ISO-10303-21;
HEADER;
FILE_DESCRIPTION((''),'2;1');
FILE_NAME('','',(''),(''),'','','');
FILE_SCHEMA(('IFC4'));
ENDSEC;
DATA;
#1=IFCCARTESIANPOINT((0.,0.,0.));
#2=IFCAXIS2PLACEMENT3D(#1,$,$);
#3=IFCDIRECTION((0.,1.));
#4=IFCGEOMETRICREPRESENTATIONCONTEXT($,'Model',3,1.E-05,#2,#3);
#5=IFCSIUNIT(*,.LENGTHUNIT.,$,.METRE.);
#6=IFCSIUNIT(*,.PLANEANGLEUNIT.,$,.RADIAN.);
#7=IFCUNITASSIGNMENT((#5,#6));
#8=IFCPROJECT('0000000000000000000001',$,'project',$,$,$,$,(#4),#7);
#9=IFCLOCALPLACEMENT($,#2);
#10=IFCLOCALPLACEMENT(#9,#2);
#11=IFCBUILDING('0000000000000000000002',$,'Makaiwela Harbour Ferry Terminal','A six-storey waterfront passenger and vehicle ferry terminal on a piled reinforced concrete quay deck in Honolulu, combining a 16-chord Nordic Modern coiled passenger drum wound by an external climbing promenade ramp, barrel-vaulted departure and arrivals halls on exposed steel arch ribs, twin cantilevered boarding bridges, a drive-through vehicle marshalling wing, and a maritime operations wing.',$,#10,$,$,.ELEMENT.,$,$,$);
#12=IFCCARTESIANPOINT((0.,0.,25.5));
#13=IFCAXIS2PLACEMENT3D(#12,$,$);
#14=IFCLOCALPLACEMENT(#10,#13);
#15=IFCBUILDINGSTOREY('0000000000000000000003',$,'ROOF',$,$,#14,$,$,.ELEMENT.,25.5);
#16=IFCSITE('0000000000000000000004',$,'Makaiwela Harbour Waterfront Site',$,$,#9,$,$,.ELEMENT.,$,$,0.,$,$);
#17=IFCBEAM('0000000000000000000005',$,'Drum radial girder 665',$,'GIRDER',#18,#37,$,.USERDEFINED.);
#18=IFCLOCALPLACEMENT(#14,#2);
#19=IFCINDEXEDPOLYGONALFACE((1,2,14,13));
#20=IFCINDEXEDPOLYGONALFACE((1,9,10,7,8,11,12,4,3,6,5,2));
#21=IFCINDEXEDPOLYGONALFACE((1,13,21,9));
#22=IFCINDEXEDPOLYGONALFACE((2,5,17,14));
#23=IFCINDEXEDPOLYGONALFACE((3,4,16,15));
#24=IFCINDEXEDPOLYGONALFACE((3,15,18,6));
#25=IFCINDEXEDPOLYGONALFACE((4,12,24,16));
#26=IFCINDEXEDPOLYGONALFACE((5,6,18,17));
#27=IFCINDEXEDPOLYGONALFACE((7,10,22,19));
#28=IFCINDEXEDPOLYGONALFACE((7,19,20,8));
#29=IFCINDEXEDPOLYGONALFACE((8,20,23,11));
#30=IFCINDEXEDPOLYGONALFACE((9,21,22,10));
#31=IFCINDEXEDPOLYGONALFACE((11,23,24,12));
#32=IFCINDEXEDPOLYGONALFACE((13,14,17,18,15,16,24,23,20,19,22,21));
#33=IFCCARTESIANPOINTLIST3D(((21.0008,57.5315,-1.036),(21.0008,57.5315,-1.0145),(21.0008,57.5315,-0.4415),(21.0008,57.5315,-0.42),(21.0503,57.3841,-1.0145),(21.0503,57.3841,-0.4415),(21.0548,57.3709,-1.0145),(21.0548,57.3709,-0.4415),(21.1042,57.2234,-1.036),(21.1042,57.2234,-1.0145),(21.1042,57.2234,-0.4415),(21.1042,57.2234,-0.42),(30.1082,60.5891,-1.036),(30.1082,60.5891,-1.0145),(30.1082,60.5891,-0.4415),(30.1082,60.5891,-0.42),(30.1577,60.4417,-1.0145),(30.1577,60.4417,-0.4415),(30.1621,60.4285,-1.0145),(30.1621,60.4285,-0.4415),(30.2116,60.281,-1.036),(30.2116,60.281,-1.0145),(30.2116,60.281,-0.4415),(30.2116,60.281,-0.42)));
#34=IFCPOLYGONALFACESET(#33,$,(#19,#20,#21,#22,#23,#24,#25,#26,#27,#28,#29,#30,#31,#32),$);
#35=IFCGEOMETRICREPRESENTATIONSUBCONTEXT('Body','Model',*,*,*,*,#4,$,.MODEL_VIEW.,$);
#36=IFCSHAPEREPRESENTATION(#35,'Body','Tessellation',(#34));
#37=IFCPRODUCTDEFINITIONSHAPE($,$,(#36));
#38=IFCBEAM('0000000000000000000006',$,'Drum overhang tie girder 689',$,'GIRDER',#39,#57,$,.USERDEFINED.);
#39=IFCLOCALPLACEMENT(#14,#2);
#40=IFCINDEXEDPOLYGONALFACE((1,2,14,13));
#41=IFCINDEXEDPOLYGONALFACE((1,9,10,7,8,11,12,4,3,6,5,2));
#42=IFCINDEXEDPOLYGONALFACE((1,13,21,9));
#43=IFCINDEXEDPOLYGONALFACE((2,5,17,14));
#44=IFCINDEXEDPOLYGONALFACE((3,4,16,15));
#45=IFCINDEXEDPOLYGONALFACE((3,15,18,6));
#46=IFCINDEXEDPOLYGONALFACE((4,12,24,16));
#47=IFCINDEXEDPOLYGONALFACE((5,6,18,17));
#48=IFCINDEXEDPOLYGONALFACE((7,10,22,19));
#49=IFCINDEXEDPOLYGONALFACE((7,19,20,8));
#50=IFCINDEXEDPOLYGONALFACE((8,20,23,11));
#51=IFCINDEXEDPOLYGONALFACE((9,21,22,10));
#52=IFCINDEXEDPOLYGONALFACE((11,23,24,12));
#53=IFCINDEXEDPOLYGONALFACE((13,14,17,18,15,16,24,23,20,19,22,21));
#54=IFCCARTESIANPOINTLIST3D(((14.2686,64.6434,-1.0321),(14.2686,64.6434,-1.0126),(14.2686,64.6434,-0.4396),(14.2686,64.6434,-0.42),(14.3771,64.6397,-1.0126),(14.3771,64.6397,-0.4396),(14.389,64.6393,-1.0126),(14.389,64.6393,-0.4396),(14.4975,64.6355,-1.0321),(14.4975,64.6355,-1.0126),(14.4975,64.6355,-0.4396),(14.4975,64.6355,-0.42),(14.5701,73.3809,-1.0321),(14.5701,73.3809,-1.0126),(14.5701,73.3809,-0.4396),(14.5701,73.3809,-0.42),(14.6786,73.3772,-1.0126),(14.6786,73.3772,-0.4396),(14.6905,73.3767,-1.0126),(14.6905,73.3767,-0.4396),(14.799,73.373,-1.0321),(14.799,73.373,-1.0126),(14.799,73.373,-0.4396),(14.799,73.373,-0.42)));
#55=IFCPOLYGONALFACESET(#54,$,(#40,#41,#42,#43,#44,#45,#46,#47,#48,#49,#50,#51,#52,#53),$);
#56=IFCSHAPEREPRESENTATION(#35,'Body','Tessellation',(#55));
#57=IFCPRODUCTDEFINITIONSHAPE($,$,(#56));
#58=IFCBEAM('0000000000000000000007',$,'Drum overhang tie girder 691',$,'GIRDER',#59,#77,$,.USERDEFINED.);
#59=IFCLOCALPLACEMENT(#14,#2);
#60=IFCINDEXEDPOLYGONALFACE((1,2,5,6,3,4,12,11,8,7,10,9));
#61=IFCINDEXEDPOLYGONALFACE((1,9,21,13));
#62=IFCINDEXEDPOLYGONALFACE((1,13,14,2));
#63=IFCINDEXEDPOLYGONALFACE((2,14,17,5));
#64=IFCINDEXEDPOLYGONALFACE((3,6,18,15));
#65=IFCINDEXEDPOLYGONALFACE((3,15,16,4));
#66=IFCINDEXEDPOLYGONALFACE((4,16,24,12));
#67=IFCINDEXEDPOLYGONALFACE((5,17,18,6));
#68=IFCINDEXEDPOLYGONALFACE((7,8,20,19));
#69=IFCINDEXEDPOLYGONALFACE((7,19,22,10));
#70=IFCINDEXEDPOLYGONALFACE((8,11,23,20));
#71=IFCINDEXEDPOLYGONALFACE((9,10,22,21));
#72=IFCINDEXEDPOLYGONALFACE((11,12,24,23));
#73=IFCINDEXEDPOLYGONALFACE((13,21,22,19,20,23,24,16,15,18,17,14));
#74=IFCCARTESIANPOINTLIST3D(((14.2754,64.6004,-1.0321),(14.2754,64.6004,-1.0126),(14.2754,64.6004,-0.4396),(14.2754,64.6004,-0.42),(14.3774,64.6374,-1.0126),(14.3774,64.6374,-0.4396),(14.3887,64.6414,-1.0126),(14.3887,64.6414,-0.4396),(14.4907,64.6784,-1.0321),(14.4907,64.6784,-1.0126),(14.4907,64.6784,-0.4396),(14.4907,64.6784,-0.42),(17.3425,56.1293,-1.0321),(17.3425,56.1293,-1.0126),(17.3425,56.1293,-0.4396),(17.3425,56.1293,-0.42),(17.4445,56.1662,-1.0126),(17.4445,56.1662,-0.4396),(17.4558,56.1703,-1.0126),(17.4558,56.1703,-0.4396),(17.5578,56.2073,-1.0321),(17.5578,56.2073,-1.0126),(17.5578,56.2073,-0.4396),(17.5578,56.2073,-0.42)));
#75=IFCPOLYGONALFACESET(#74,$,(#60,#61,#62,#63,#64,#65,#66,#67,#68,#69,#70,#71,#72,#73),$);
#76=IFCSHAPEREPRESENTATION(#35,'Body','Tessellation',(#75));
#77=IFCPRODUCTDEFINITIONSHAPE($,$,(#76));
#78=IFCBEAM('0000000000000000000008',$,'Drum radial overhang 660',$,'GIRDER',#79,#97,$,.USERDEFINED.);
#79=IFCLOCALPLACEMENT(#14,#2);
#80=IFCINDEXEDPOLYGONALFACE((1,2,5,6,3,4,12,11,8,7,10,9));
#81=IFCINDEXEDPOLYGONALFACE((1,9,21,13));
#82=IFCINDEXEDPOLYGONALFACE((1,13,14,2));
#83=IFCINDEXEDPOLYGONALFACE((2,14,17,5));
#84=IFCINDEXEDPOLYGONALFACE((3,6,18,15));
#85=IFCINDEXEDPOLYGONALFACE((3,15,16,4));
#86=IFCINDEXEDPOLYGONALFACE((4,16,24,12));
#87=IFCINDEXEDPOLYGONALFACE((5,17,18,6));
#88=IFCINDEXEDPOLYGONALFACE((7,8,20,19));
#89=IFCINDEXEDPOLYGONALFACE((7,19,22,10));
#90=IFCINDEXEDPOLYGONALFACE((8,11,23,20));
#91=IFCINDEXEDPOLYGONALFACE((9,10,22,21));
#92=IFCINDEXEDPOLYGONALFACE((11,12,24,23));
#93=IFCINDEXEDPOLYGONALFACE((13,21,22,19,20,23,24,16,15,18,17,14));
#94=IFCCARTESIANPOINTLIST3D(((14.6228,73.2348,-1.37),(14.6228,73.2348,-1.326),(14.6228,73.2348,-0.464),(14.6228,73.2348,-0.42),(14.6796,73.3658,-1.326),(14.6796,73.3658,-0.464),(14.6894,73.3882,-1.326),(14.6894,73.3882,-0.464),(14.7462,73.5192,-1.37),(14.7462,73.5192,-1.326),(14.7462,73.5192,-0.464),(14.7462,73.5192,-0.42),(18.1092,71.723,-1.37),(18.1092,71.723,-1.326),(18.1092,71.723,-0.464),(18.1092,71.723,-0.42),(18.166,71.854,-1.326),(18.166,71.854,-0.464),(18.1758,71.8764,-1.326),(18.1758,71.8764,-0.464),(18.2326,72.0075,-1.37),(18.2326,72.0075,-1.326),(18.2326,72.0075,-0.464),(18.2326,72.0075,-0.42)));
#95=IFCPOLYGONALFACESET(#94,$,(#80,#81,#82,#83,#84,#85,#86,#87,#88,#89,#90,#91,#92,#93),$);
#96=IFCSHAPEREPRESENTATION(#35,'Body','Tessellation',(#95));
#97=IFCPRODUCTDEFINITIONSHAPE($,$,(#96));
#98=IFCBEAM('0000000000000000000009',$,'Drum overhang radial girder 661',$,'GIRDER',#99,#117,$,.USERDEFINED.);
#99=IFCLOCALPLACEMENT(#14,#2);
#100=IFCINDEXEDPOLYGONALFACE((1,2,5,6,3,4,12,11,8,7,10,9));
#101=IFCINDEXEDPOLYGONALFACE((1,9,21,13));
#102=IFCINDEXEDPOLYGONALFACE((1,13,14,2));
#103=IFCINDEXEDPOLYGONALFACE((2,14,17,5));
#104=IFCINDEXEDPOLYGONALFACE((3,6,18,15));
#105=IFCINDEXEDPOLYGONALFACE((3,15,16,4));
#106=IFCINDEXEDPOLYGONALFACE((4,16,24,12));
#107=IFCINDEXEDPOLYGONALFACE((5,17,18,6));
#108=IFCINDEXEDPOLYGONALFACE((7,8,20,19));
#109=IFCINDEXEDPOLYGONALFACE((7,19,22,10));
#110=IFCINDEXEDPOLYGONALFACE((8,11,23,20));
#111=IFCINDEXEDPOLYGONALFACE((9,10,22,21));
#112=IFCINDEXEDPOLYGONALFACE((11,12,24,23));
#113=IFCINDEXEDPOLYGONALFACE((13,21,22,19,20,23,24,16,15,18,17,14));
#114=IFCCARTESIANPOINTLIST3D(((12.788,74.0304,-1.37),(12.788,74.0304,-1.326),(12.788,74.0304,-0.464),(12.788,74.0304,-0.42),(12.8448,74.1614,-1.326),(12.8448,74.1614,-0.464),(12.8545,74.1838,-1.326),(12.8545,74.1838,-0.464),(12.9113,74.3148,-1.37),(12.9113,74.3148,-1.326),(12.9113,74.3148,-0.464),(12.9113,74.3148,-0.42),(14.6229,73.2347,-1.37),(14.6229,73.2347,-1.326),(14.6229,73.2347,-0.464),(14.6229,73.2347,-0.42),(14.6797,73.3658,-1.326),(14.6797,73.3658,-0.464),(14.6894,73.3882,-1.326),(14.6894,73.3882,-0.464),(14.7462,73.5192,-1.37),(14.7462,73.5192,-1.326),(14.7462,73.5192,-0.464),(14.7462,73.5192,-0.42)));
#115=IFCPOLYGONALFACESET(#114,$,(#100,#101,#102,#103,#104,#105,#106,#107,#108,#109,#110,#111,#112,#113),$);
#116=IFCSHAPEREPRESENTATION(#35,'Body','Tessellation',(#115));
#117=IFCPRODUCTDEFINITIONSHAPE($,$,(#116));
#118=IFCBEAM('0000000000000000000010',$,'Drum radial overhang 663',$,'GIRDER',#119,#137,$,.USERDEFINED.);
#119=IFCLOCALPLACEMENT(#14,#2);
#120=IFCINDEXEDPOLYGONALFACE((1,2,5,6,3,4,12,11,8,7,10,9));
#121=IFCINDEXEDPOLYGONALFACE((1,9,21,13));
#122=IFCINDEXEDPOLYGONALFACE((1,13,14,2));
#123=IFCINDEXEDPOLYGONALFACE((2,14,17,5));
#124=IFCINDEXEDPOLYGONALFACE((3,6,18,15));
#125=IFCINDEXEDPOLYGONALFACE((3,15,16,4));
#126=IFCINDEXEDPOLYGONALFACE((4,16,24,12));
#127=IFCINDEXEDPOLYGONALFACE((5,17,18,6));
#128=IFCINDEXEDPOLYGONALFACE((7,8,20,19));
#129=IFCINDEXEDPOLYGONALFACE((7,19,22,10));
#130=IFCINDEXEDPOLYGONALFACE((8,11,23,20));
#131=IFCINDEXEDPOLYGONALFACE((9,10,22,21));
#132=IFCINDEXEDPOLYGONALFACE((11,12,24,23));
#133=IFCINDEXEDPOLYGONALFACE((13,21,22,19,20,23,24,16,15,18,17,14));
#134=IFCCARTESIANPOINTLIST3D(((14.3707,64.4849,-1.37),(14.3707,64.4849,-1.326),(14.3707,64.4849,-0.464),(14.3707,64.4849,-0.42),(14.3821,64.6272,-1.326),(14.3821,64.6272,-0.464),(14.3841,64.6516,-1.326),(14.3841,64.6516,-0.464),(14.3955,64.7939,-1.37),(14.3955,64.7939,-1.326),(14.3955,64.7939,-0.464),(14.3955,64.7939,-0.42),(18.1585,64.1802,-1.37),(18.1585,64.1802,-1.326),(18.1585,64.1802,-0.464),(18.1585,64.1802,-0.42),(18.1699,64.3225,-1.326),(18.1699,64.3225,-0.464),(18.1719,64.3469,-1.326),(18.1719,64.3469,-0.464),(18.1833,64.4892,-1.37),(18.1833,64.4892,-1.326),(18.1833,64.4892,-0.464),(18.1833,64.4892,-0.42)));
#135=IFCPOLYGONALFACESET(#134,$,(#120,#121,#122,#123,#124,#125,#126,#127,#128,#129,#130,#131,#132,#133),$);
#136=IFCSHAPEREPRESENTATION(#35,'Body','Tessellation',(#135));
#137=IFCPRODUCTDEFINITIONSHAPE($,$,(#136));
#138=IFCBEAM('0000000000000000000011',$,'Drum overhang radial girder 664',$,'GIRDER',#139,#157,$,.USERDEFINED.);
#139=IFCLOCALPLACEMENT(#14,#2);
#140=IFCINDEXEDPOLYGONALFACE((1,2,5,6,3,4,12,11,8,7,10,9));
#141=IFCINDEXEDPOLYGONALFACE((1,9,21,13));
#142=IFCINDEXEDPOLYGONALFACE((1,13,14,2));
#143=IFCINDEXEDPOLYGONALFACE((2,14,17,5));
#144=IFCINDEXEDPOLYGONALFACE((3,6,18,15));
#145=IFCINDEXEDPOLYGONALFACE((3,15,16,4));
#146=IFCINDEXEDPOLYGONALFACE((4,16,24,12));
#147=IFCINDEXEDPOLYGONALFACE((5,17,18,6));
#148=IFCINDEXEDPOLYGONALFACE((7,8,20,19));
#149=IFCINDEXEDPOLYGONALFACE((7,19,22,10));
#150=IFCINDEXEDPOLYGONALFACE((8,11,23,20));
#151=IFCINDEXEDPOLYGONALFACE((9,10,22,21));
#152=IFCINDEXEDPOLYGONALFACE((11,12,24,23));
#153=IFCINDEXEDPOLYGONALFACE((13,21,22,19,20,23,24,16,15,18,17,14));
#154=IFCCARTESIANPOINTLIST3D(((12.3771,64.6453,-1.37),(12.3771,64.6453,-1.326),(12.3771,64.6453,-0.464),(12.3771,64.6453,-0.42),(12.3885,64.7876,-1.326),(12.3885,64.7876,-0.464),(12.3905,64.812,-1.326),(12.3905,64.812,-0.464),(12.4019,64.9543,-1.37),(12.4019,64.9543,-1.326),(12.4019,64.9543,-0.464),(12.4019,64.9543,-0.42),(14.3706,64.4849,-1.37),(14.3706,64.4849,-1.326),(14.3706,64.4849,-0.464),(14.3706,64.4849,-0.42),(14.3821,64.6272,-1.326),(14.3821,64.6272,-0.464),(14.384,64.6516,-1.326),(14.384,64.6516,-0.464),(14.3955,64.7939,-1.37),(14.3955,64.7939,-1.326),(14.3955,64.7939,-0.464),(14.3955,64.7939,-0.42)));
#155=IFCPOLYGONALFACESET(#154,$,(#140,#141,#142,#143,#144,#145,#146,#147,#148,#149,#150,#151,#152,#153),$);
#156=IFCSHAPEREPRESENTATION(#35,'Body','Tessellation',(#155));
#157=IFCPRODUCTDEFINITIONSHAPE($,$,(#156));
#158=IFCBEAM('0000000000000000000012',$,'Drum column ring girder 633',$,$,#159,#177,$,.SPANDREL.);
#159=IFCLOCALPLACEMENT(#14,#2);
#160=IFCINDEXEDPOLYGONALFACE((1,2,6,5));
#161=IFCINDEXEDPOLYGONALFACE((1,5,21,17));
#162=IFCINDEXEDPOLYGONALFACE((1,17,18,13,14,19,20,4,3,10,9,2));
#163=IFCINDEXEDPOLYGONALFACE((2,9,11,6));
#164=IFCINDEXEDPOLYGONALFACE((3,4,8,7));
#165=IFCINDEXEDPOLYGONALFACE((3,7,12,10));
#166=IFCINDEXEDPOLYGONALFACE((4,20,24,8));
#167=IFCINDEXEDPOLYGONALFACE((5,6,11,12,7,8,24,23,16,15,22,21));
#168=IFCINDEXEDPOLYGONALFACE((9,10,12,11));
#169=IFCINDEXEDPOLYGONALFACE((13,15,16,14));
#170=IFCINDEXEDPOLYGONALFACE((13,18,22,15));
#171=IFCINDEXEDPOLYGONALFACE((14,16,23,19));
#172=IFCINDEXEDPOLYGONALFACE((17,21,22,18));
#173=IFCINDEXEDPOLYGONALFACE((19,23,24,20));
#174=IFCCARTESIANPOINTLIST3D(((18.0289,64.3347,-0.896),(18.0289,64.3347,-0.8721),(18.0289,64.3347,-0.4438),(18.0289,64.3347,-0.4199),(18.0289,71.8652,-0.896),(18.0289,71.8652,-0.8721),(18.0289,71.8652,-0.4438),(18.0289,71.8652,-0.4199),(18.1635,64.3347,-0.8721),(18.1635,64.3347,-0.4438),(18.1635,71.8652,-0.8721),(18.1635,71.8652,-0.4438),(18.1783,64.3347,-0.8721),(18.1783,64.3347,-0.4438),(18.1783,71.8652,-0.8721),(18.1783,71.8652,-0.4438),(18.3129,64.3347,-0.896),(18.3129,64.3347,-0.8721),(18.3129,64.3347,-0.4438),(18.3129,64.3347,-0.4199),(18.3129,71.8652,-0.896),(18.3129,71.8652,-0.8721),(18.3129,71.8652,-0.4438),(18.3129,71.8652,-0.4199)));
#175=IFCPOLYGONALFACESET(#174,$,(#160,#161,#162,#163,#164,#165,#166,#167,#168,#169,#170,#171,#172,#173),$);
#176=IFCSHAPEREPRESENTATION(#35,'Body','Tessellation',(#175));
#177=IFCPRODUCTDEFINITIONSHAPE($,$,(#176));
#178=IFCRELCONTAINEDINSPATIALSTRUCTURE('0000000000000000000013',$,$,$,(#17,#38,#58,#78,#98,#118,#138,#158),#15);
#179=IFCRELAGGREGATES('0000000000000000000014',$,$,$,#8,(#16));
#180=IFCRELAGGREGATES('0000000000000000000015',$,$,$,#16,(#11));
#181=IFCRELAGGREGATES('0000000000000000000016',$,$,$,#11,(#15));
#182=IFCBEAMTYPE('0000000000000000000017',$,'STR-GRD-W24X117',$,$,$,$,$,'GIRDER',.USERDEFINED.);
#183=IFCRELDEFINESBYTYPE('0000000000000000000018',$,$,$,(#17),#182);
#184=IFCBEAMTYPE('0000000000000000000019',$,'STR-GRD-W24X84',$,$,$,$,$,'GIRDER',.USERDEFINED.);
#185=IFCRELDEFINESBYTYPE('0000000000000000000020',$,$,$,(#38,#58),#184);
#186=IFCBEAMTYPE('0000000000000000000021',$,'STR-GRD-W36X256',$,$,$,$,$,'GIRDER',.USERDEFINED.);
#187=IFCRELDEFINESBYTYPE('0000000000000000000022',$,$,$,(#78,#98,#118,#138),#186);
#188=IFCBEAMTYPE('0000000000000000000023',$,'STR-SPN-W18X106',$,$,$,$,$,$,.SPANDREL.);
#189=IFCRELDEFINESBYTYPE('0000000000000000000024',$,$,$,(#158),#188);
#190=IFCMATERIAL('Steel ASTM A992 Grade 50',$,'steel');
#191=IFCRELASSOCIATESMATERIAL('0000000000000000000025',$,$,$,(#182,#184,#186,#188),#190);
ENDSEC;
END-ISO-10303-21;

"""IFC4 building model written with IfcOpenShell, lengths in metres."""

from ifc_helpers import new_model, si_unit, direction, frame, origin, origin_2d, place, context, subcontext, project, spatial, i_section, extrude, material, material_profile, profile_set, type_object, element, save


model = new_model("IFC4")

# Units and contexts
model_context = context("Model", 3, precision=1e-05, world=origin(), true_north=direction((0.0, 1.0)))
body_context = subcontext(model_context, "Body", "Model", "MODEL_VIEW")
ifc_project = project(units=[si_unit("LENGTHUNIT", "METRE"), si_unit("PLANEANGLEUNIT", "RADIAN")], contexts=[model_context])

# Site, building, storey
site_placement = place(None, origin())
site = spatial("IfcSite", under=ifc_project, at=site_placement, Name="Makaiwela Harbour Waterfront Site", CompositionType="ELEMENT", RefElevation=0.0)
building_placement = place(site_placement, origin())
building = spatial("IfcBuilding", under=site, at=building_placement, Name="Makaiwela Harbour Ferry Terminal", Description="A six-storey waterfront passenger and vehicle ferry terminal on a piled reinforced concrete quay deck in Honolulu, combining a 16-chord Nordic Modern coiled passenger drum wound by an external climbing promenade ramp, barrel-vaulted departure and arrivals halls on exposed steel arch ribs, twin cantilevered boarding bridges, a drive-through vehicle marshalling wing, and a maritime operations wing.", CompositionType="ELEMENT")
storey_placement = place(building_placement, frame((0.0, 0.0, 25.5)))
storey = spatial("IfcBuildingStorey", under=building, at=storey_placement, Name="ROOF", CompositionType="ELEMENT", Elevation=25.5)

# Beams
ifc_material_1 = material(Name="Steel ASTM A992 Grade 50", Category="steel")
ifc_material_profile_1 = material_profile(ifc_material_1, i_section(OverallWidth=0.325, OverallDepth=0.616, WebThickness=0.0139, FlangeThickness=0.0215, at=origin_2d()), Name="W24X117")
ifc_profile_set_1 = profile_set([ifc_material_profile_1], Name="Steel ASTM A992 Grade 50")
beam_type_1 = type_object("IfcBeamType", Name="STR-GRD-W24X117", ElementType="GIRDER", PredefinedType="USERDEFINED", material=ifc_profile_set_1)
beam_1_placement = place(storey_placement, frame((30.1599, 60.4351, -0.728), z_axis=(-0.948, -0.31827, 0.0), x_axis=(0.31827, -0.948, 0.0)))
element("IfcBeam", 1, at=beam_1_placement, inside=storey, type_object=beam_type_1, Name="Drum radial girder 665", ObjectType="GIRDER", PredefinedType="USERDEFINED", context=body_context, shape_type="SweptSolid", body=[
    extrude(i_section(OverallWidth=0.325, OverallDepth=0.616, WebThickness=0.0139, FlangeThickness=0.0215, at=origin_2d()), origin(), (0.0, 0.0, 1.0), 9.6069),
])
ifc_material_profile_2 = material_profile(ifc_material_1, i_section(OverallWidth=0.229, OverallDepth=0.6121, WebThickness=0.012, FlangeThickness=0.0195, at=origin_2d()), Name="W24X84")
ifc_profile_set_2 = profile_set([ifc_material_profile_2], Name="Steel ASTM A992 Grade 50")
beam_type_2 = type_object("IfcBeamType", Name="STR-GRD-W24X84", ElementType="GIRDER", PredefinedType="USERDEFINED", material=ifc_profile_set_2)
beam_2_placement = place(storey_placement, frame((14.6846, 73.377, -0.7261), z_axis=(-0.034487, -0.999405, 0.0), x_axis=(0.999405, -0.034487, 0.0)))
element("IfcBeam", 2, at=beam_2_placement, inside=storey, type_object=beam_type_2, Name="Drum overhang tie girder 689", ObjectType="GIRDER", PredefinedType="USERDEFINED", context=body_context, shape_type="SweptSolid", body=[
    extrude(i_section(OverallWidth=0.229, OverallDepth=0.6121, WebThickness=0.012, FlangeThickness=0.0195, at=origin_2d()), origin(), (0.0, 0.0, 1.0), 8.7427),
])
beam_3_placement = place(storey_placement, frame((14.3831, 64.6394, -0.7261), z_axis=(0.340439, -0.940266, 0.0), x_axis=(0.940266, 0.340439, 0.0)))
element("IfcBeam", 3, at=beam_3_placement, inside=storey, type_object=beam_type_2, Name="Drum overhang tie girder 691", ObjectType="GIRDER", PredefinedType="USERDEFINED", context=body_context, shape_type="SweptSolid", body=[
    extrude(i_section(OverallWidth=0.229, OverallDepth=0.6121, WebThickness=0.012, FlangeThickness=0.0195, at=origin_2d()), origin(), (0.0, 0.0, 1.0), 9.0093),
])
ifc_material_profile_3 = material_profile(ifc_material_1, i_section(OverallWidth=0.3101, OverallDepth=0.95, WebThickness=0.0244, FlangeThickness=0.0439, at=origin_2d()), Name="W36X256")
ifc_profile_set_3 = profile_set([ifc_material_profile_3], Name="Steel ASTM A992 Grade 50")
beam_type_3 = type_object("IfcBeamType", Name="STR-GRD-W36X256", ElementType="GIRDER", PredefinedType="USERDEFINED", material=ifc_profile_set_3)
beam_4_placement = place(storey_placement, frame((18.1709, 71.8652, -0.895), z_axis=(-0.917462, 0.397824, 0.0), x_axis=(-0.397824, -0.917462, 0.0)))
element("IfcBeam", 4, at=beam_4_placement, inside=storey, type_object=beam_type_3, Name="Drum radial overhang 660", ObjectType="GIRDER", PredefinedType="USERDEFINED", context=body_context, shape_type="SweptSolid", body=[
    extrude(i_section(OverallWidth=0.3101, OverallDepth=0.95, WebThickness=0.0244, FlangeThickness=0.0439, at=origin_2d()), origin(), (0.0, 0.0, 1.0), 3.8),
])
beam_5_placement = place(storey_placement, frame((14.6846, 73.377, -0.895), z_axis=(-0.917464, 0.39782, 0.0), x_axis=(-0.39782, -0.917464, 0.0)))
element("IfcBeam", 5, at=beam_5_placement, inside=storey, type_object=beam_type_3, Name="Drum overhang radial girder 661", ObjectType="GIRDER", PredefinedType="USERDEFINED", context=body_context, shape_type="SweptSolid", body=[
    extrude(i_section(OverallWidth=0.3101, OverallDepth=0.95, WebThickness=0.0244, FlangeThickness=0.0439, at=origin_2d()), origin(), (0.0, 0.0, 1.0), 2.0),
])
beam_6_placement = place(storey_placement, frame((18.1709, 64.3347, -0.895), z_axis=(-0.99678, 0.080179, 0.0), x_axis=(-0.080179, -0.99678, 0.0)))
element("IfcBeam", 6, at=beam_6_placement, inside=storey, type_object=beam_type_3, Name="Drum radial overhang 663", ObjectType="GIRDER", PredefinedType="USERDEFINED", context=body_context, shape_type="SweptSolid", body=[
    extrude(i_section(OverallWidth=0.3101, OverallDepth=0.95, WebThickness=0.0244, FlangeThickness=0.0439, at=origin_2d()), origin(), (0.0, 0.0, 1.0), 3.8),
])
beam_7_placement = place(storey_placement, frame((14.3831, 64.6394, -0.895), z_axis=(-0.996779, 0.080196, 0.0), x_axis=(-0.080196, -0.996779, 0.0)))
element("IfcBeam", 7, at=beam_7_placement, inside=storey, type_object=beam_type_3, Name="Drum overhang radial girder 664", ObjectType="GIRDER", PredefinedType="USERDEFINED", context=body_context, shape_type="SweptSolid", body=[
    extrude(i_section(OverallWidth=0.3101, OverallDepth=0.95, WebThickness=0.0244, FlangeThickness=0.0439, at=origin_2d()), origin(), (0.0, 0.0, 1.0), 2.0),
])
ifc_material_profile_4 = material_profile(ifc_material_1, i_section(OverallWidth=0.2839, OverallDepth=0.4761, WebThickness=0.0149, FlangeThickness=0.0239, at=origin_2d()), Name="W18X106")
ifc_profile_set_4 = profile_set([ifc_material_profile_4], Name="Steel ASTM A992 Grade 50")
beam_type_4 = type_object("IfcBeamType", Name="STR-SPN-W18X106", PredefinedType="SPANDREL", material=ifc_profile_set_4)
for number, where, z_axis, x_axis, name in (
    (8, (18.1709, 71.8652, -0.658), (0.0, -1.0, 0.0), (1.0, 0.0, 0.0), "Drum column ring girder 633"),
):
    element("IfcBeam", number, at=place(storey_placement, frame(where, z_axis=z_axis, x_axis=x_axis)), inside=storey, type_object=beam_type_4, Name=name, PredefinedType="SPANDREL", context=body_context, shape_type="SweptSolid", body=[
        extrude(i_section(OverallWidth=0.2839, OverallDepth=0.4761, WebThickness=0.0149, FlangeThickness=0.0239, at=origin_2d()), origin(), (0.0, 0.0, 1.0), 7.5305),
    ])

save(model, "model.ifc")
